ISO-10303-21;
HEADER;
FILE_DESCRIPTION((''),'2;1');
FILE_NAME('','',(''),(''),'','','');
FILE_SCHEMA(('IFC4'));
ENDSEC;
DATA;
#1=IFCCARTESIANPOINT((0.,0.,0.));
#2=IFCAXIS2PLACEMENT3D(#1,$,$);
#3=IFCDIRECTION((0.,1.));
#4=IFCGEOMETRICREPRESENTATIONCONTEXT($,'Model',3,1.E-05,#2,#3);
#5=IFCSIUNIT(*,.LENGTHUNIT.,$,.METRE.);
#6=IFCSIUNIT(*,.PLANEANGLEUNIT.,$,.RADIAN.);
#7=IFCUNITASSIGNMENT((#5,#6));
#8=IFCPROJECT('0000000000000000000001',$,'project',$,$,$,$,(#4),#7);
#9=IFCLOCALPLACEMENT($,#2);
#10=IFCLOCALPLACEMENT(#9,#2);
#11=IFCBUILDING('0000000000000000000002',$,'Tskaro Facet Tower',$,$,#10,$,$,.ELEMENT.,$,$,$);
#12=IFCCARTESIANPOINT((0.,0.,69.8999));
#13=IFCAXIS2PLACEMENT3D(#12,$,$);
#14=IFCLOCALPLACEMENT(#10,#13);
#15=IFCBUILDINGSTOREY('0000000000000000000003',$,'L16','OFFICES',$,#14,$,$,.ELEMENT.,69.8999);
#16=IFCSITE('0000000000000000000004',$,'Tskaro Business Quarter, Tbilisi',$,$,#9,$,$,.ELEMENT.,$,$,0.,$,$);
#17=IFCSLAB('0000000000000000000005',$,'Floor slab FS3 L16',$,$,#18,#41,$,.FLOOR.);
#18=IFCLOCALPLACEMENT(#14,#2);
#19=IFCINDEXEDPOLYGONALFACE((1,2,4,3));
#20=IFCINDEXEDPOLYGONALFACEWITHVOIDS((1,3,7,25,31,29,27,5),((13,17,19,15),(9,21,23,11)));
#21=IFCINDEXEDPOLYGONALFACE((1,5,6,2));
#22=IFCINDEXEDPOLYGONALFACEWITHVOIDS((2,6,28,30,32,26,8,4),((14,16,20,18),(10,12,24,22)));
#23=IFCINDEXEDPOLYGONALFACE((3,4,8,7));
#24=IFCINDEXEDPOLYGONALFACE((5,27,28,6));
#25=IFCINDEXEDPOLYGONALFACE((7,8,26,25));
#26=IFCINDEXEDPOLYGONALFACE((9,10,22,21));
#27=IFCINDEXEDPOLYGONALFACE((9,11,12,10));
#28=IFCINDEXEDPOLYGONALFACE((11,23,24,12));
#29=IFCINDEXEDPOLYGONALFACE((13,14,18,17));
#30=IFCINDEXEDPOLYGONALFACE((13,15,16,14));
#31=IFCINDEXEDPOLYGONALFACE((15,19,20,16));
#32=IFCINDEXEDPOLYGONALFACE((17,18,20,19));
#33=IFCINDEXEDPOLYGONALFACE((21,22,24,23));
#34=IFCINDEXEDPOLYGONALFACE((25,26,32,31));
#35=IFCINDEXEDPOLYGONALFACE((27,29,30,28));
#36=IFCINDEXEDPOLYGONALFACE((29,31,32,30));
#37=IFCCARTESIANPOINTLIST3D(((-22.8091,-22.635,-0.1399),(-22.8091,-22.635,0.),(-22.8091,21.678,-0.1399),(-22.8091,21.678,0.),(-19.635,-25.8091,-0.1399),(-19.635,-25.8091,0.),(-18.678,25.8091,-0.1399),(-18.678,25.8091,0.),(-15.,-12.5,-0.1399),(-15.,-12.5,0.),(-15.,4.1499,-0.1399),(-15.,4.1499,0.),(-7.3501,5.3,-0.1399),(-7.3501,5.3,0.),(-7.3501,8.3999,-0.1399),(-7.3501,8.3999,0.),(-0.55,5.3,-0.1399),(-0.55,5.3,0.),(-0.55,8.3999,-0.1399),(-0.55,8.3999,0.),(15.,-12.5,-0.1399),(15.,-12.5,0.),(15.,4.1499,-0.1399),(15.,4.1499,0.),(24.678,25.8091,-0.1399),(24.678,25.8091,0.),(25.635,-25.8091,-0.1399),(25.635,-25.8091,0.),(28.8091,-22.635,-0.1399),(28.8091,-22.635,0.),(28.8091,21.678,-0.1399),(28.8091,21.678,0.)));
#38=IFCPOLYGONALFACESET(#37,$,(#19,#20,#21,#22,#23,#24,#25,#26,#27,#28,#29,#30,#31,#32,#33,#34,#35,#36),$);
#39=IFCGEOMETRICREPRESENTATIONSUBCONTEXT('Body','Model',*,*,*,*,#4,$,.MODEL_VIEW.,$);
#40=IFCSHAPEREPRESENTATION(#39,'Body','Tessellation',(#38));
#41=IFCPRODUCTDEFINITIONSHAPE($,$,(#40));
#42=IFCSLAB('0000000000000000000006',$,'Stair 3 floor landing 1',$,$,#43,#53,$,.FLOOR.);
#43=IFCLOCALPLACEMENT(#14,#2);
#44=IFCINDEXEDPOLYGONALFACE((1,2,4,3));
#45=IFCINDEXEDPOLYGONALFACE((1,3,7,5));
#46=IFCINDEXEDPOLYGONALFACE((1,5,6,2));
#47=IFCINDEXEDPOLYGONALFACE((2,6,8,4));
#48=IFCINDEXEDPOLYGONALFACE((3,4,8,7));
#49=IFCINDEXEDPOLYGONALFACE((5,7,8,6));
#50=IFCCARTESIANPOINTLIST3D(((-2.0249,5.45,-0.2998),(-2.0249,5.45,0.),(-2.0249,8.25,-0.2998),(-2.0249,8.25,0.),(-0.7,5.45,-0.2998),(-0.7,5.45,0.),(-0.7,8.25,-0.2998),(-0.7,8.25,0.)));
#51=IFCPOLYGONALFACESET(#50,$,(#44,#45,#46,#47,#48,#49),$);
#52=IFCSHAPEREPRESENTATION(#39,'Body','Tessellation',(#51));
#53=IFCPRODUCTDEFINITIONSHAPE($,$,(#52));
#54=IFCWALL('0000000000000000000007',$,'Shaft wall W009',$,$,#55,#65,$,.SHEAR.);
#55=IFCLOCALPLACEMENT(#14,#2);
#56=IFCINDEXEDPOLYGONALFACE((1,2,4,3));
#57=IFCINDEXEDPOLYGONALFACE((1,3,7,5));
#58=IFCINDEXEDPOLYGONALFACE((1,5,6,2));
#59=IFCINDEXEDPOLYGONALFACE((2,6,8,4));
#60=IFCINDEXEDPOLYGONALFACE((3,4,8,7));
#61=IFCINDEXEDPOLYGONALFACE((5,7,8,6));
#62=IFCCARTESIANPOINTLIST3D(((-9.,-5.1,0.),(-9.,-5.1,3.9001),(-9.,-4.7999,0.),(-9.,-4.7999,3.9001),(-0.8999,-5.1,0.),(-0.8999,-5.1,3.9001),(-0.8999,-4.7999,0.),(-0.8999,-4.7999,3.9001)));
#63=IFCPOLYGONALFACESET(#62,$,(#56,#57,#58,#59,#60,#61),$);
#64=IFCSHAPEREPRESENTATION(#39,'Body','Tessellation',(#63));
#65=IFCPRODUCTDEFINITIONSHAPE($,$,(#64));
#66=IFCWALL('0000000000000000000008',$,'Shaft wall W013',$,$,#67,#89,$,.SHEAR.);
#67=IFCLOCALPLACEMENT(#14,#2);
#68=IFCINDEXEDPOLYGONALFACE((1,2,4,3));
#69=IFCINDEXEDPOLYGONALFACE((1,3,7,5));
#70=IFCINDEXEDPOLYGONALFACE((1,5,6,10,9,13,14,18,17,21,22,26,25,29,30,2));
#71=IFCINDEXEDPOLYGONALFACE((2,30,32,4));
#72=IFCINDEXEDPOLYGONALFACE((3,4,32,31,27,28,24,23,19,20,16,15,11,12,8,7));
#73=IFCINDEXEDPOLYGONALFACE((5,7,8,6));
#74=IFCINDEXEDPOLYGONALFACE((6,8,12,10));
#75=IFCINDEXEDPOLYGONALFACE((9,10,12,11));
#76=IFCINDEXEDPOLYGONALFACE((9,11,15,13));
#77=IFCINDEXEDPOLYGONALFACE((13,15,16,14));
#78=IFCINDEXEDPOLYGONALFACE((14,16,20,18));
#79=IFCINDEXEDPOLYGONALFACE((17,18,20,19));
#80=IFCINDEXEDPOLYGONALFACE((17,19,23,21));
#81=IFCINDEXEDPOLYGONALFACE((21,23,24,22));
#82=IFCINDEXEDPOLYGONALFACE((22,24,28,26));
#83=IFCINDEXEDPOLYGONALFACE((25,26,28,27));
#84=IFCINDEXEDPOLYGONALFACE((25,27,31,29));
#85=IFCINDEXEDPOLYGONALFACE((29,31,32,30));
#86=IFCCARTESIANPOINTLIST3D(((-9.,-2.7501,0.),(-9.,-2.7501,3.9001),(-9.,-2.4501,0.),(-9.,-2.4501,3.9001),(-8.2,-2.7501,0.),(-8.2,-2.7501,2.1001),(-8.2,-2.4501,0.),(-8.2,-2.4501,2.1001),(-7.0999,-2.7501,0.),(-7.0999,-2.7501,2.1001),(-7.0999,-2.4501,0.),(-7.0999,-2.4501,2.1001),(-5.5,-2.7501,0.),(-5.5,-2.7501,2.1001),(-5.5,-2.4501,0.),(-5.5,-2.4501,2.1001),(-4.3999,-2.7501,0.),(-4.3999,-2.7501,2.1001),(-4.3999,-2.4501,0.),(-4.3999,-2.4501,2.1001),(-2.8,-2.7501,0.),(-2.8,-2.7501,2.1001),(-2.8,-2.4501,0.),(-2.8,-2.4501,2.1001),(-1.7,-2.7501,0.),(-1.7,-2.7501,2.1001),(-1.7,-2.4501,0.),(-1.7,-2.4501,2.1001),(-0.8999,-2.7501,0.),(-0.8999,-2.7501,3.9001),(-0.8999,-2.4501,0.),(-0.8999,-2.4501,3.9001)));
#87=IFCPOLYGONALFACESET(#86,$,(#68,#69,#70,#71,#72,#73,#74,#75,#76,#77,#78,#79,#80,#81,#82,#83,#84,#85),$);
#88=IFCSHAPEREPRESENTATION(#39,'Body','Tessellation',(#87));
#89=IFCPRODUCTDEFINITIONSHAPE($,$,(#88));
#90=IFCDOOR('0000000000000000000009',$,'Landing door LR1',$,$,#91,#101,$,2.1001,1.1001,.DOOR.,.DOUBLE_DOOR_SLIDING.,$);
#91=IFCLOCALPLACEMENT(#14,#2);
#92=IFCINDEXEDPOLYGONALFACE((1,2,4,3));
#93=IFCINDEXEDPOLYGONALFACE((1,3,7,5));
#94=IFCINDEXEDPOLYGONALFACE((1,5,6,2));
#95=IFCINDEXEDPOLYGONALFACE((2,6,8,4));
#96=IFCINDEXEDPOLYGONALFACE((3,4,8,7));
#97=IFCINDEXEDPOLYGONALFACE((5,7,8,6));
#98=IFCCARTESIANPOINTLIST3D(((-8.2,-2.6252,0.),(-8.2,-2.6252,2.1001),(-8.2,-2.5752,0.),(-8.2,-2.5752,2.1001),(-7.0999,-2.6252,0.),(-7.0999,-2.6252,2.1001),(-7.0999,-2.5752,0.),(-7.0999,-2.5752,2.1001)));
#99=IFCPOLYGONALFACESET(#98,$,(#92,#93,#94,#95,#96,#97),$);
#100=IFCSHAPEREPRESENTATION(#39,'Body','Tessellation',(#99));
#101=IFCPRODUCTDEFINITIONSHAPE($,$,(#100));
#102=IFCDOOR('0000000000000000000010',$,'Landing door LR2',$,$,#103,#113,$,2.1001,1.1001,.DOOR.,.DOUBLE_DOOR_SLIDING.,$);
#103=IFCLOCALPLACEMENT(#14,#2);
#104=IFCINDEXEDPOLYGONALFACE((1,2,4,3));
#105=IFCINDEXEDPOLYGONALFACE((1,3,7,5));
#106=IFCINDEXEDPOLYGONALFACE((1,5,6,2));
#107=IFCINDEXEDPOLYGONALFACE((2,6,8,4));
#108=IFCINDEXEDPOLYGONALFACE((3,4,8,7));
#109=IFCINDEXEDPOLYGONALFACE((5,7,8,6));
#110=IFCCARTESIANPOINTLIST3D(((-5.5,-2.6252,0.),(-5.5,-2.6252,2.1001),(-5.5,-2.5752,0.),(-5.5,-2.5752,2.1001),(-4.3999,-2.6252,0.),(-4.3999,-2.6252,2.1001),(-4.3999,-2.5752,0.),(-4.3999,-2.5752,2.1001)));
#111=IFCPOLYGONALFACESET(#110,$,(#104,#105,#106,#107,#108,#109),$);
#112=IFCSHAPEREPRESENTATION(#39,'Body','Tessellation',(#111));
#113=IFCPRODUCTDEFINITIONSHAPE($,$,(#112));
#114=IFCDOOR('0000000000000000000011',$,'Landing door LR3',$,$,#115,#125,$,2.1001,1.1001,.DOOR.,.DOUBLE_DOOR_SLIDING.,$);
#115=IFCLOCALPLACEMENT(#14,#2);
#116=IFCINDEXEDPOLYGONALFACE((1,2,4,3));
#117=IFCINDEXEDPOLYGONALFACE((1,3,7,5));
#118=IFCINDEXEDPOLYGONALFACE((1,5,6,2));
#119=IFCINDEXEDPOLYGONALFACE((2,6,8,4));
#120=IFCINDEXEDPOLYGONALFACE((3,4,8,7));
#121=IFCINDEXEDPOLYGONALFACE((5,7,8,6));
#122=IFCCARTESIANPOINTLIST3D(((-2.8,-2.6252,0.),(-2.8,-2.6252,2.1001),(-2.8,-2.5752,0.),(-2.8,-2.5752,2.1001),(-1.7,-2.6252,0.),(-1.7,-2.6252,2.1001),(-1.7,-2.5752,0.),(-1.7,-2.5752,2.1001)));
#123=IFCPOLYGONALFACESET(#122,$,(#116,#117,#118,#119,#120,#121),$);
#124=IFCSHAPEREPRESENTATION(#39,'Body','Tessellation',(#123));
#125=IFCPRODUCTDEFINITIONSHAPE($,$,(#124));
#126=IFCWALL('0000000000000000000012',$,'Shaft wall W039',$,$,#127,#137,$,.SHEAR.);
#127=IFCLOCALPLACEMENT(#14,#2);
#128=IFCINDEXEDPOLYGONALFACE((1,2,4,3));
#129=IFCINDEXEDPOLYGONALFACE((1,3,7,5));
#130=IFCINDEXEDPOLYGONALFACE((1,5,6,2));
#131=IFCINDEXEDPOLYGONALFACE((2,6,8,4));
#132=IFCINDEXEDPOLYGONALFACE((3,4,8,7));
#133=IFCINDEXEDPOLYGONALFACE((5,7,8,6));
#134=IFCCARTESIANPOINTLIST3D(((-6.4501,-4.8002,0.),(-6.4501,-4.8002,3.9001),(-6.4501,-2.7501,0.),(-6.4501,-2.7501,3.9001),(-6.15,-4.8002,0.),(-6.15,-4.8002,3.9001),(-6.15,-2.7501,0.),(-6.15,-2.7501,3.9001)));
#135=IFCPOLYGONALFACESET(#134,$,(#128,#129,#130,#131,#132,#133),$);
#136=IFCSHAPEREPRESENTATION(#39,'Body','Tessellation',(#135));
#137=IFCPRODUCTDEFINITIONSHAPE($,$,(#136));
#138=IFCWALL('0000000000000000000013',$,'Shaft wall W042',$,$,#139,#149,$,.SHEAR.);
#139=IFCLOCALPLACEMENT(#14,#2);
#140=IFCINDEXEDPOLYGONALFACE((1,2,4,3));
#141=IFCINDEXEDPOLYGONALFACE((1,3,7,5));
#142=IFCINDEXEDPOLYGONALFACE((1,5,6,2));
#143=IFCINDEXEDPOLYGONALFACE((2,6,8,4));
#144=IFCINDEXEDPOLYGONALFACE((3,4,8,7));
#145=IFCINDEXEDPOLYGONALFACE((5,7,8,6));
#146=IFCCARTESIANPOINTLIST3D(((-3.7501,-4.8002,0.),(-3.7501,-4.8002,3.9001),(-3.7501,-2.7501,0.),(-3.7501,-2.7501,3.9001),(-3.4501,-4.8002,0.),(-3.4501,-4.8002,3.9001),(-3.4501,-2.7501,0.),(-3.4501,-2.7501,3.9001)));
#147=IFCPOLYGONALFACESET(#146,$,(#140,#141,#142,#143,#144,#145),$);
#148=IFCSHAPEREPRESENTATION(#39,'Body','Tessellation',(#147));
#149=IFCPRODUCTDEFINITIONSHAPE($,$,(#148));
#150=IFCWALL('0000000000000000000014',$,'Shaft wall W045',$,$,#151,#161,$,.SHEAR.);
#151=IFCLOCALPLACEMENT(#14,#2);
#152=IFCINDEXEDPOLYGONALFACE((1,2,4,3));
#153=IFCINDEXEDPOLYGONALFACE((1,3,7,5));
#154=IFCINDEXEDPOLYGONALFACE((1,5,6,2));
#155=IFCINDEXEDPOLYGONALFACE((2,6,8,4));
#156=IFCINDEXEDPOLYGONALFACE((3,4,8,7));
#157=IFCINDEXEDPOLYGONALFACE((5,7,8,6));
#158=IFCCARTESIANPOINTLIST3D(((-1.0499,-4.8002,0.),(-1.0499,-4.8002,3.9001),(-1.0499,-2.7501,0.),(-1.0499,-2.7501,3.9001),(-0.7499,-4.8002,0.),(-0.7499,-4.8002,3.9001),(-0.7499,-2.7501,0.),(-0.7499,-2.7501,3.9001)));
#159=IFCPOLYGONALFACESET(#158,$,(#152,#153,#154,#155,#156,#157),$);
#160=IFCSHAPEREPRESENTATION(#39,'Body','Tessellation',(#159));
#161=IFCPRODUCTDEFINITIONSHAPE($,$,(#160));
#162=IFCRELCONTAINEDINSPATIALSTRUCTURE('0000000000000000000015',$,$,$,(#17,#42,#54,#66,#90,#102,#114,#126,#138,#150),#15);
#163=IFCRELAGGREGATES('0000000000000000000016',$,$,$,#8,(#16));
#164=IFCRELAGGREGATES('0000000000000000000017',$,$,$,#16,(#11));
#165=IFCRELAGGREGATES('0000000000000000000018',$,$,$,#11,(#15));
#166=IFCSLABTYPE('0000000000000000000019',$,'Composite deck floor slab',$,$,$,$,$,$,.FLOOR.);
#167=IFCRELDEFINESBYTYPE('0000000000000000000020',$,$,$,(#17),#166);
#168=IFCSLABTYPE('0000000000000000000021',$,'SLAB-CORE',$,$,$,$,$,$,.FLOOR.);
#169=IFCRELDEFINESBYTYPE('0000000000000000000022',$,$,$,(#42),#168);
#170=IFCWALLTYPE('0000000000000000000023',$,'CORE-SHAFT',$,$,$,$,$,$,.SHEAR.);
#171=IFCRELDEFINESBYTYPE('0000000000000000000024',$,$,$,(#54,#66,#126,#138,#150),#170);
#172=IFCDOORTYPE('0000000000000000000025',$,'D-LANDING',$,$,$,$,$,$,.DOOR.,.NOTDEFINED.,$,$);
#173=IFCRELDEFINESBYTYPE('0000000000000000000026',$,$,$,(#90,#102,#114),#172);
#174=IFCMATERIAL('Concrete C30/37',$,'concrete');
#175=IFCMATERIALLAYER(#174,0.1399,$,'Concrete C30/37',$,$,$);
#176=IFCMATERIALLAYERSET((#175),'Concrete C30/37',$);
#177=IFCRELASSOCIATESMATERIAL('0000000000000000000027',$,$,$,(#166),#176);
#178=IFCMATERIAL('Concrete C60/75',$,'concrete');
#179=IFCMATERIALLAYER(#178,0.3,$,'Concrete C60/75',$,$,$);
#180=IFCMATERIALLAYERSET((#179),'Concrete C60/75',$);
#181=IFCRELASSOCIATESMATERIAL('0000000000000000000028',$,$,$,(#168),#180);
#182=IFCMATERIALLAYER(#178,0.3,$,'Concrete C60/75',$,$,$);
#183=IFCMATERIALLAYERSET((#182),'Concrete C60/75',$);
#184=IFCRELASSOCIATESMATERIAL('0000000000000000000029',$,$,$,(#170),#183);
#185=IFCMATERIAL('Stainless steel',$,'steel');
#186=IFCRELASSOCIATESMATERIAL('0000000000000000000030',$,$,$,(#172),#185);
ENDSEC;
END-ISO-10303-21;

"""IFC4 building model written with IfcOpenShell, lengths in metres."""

from ifc_helpers import new_model, si_unit, direction, frame, frame_2d, origin, place, context, subcontext, project, spatial, polyline, rectangle, outline, extrude, material, layer, layer_set, type_object, element, fill, save


model = new_model("IFC4")

# Units and contexts
model_context = context("Model", 3, precision=1e-05, world=origin(), true_north=direction((0.0, 1.0)))
body_context = subcontext(model_context, "Body", "Model", "MODEL_VIEW")
ifc_project = project(units=[si_unit("LENGTHUNIT", "METRE"), si_unit("PLANEANGLEUNIT", "RADIAN")], contexts=[model_context])

# Site, building, storey
site_placement = place(None, origin())
site = spatial("IfcSite", under=ifc_project, at=site_placement, Name="Tskaro Business Quarter, Tbilisi", CompositionType="ELEMENT", RefElevation=0.0)
building_placement = place(site_placement, origin())
building = spatial("IfcBuilding", under=site, at=building_placement, Name="Tskaro Facet Tower", CompositionType="ELEMENT")
storey_placement = place(building_placement, frame((0.0, 0.0, 69.8999)))
storey = spatial("IfcBuildingStorey", under=building, at=storey_placement, Name="L16", Description="OFFICES", CompositionType="ELEMENT", Elevation=69.8999)

# Slabs
ifc_material_1 = material(Name="Concrete C30/37", Category="concrete")
ifc_layer_1 = layer(ifc_material_1, 0.1399, Name="Concrete C30/37")
ifc_layer_set_1 = layer_set([ifc_layer_1], Name="Concrete C30/37")
slab_type_1 = type_object("IfcSlabType", Name="Composite deck floor slab", PredefinedType="FLOOR", material=ifc_layer_set_1)
slab_1_placement = place(storey_placement, frame((0.0, 0.0, -0.1399)))
element("IfcSlab", 1, at=slab_1_placement, inside=storey, type_object=slab_type_1, Name="Floor slab FS3 L16", PredefinedType="FLOOR", context=body_context, shape_type="SweptSolid", body=[
    extrude(outline(polyline([(-19.635, -25.8091), (25.635, -25.8091), (28.8091, -22.635), (28.8091, 21.678), (24.678, 25.8091), (-18.678, 25.8091), (-22.8091, 21.678), (-22.8091, -22.635), (-19.635, -25.8091)]), holes=[polyline([(-15.0, -12.5), (15.0, -12.5), (15.0, 4.1499), (-15.0, 4.1499), (-15.0, -12.5)]), polyline([(-7.3501, 5.3), (-0.55, 5.3), (-0.55, 8.3999), (-7.3501, 8.3999), (-7.3501, 5.3)])]), origin(), (0.0, 0.0, 1.0), 0.1399),
])
ifc_material_2 = material(Name="Concrete C60/75", Category="concrete")
ifc_layer_2 = layer(ifc_material_2, 0.3, Name="Concrete C60/75")
ifc_layer_set_2 = layer_set([ifc_layer_2], Name="Concrete C60/75")
slab_type_2 = type_object("IfcSlabType", Name="SLAB-CORE", PredefinedType="FLOOR", material=ifc_layer_set_2)
slab_2_placement = place(storey_placement, frame((0.0, 0.0, -0.2998)))
element("IfcSlab", 2, at=slab_2_placement, inside=storey, type_object=slab_type_2, Name="Stair 3 floor landing 1", PredefinedType="FLOOR", context=body_context, shape_type="SweptSolid", body=[
    extrude(outline(polyline([(-2.0249, 5.45), (-0.7, 5.45), (-0.7, 8.25), (-2.0249, 8.25), (-2.0249, 5.45)])), origin(), (0.0, 0.0, 1.0), 0.2998),
])

# Wall
ifc_layer_3 = layer(ifc_material_2, 0.3, Name="Concrete C60/75")
ifc_layer_set_3 = layer_set([ifc_layer_3], Name="Concrete C60/75")
wall_type = type_object("IfcWallType", Name="CORE-SHAFT", PredefinedType="SHEAR", material=ifc_layer_set_3)
wall_1_placement = place(storey_placement, frame((-9.0, -4.95, 0.0), z_axis=(0.0, 0.0, 1.0), x_axis=(1.0, 0.0, 0.0)))
element("IfcWall", 3, at=wall_1_placement, inside=storey, type_object=wall_type, Name="Shaft wall W009", PredefinedType="SHEAR", context=body_context, shape_type="SweptSolid", body=[
    extrude(rectangle(XDim=8.1001, YDim=0.3, at=frame_2d((4.05, 0.0))), origin(), (0.0, 0.0, 1.0), 3.9001),
])

# Wall, openings, doors
wall_2_placement = place(storey_placement, frame((-9.0, -2.6001, 0.0), z_axis=(0.0, 0.0, 1.0), x_axis=(1.0, 0.0, 0.0)))
wall_2 = element("IfcWall", 4, at=wall_2_placement, inside=storey, type_object=wall_type, Name="Shaft wall W013", PredefinedType="SHEAR", context=body_context, shape_type="SweptSolid", body=[
    extrude(rectangle(XDim=8.1001, YDim=0.3, at=frame_2d((4.05, 0.0))), origin(), (0.0, 0.0, 1.0), 3.9001),
])
opening_1_placement = place(wall_2_placement, frame((0.8, 0.0, 0.0)))
opening_1 = element("IfcOpeningElement", 5, at=opening_1_placement, cuts=wall_2, PredefinedType="OPENING", context=body_context, shape_type="SweptSolid", body=[
    extrude(rectangle(XDim=1.1001, YDim=2.1001, at=frame_2d((0.55, 1.05))), frame((0.0, 0.1599, 0.0), z_axis=(0.0, -1.0, 0.0), x_axis=(1.0, 0.0, 0.0)), (0.0, 0.0, 1.0), 0.3201),
])
opening_2_placement = place(wall_2_placement, frame((3.5, 0.0, 0.0)))
opening_2 = element("IfcOpeningElement", 6, at=opening_2_placement, cuts=wall_2, PredefinedType="OPENING", context=body_context, shape_type="SweptSolid", body=[
    extrude(rectangle(XDim=1.1001, YDim=2.1001, at=frame_2d((0.55, 1.05))), frame((0.0, 0.1599, 0.0), z_axis=(0.0, -1.0, 0.0), x_axis=(1.0, 0.0, 0.0)), (0.0, 0.0, 1.0), 0.3201),
])
opening_3_placement = place(wall_2_placement, frame((6.2, 0.0, 0.0)))
opening_3 = element("IfcOpeningElement", 7, at=opening_3_placement, cuts=wall_2, PredefinedType="OPENING", context=body_context, shape_type="SweptSolid", body=[
    extrude(rectangle(XDim=1.1001, YDim=2.1001, at=frame_2d((0.55, 1.05))), frame((0.0, 0.1599, 0.0), z_axis=(0.0, -1.0, 0.0), x_axis=(1.0, 0.0, 0.0)), (0.0, 0.0, 1.0), 0.3201),
])
ifc_material_3 = material(Name="Stainless steel", Category="steel")
door_type = type_object("IfcDoorType", Name="D-LANDING", OperationType="NOTDEFINED", PredefinedType="DOOR", material=ifc_material_3)
door_1_placement = place(opening_1_placement, origin())
door_1 = element("IfcDoor", 8, at=door_1_placement, inside=storey, type_object=door_type, Name="Landing door LR1", OperationType="DOUBLE_DOOR_SLIDING", OverallHeight=2.1001, OverallWidth=1.1001, PredefinedType="DOOR", context=body_context, shape_type="SweptSolid", body=[
    extrude(rectangle(XDim=1.1001, YDim=2.1001, at=frame_2d((0.55, 1.05))), frame((0.0, 0.0249, 0.0), z_axis=(0.0, -1.0, 0.0), x_axis=(1.0, 0.0, 0.0)), (0.0, 0.0, 1.0), 0.05),
])
fill(opening_1, door_1)
door_2_placement = place(opening_2_placement, origin())
door_2 = element("IfcDoor", 9, at=door_2_placement, inside=storey, type_object=door_type, Name="Landing door LR2", OperationType="DOUBLE_DOOR_SLIDING", OverallHeight=2.1001, OverallWidth=1.1001, PredefinedType="DOOR", context=body_context, shape_type="SweptSolid", body=[
    extrude(rectangle(XDim=1.1001, YDim=2.1001, at=frame_2d((0.55, 1.05))), frame((0.0, 0.0249, 0.0), z_axis=(0.0, -1.0, 0.0), x_axis=(1.0, 0.0, 0.0)), (0.0, 0.0, 1.0), 0.05),
])
fill(opening_2, door_2)
door_3_placement = place(opening_3_placement, origin())
door_3 = element("IfcDoor", 10, at=door_3_placement, inside=storey, type_object=door_type, Name="Landing door LR3", OperationType="DOUBLE_DOOR_SLIDING", OverallHeight=2.1001, OverallWidth=1.1001, PredefinedType="DOOR", context=body_context, shape_type="SweptSolid", body=[
    extrude(rectangle(XDim=1.1001, YDim=2.1001, at=frame_2d((0.55, 1.05))), frame((0.0, 0.0249, 0.0), z_axis=(0.0, -1.0, 0.0), x_axis=(1.0, 0.0, 0.0)), (0.0, 0.0, 1.0), 0.05),
])
fill(opening_3, door_3)

# Walls
for number, where, z_axis, x_axis, name in (
    (11, (-6.3, -4.8, 0.0), (0.0, 0.0, 1.0), (0.0, 1.0, 0.0), "Shaft wall W039"),
    (12, (-3.6001, -4.8, 0.0), (0.0, 0.0, 1.0), (0.0, 1.0, 0.0), "Shaft wall W042"),
    (13, (-0.8999, -4.8, 0.0), (0.0, 0.0, 1.0), (0.0, 1.0, 0.0), "Shaft wall W045"),
):
    element("IfcWall", number, at=place(storey_placement, frame(where, z_axis=z_axis, x_axis=x_axis)), inside=storey, type_object=wall_type, Name=name, PredefinedType="SHEAR", context=body_context, shape_type="SweptSolid", body=[
        extrude(rectangle(XDim=2.05, YDim=0.3, at=frame_2d((1.0249, 0.0))), origin(), (0.0, 0.0, 1.0), 3.9001),
    ])

save(model, "model.ifc")
